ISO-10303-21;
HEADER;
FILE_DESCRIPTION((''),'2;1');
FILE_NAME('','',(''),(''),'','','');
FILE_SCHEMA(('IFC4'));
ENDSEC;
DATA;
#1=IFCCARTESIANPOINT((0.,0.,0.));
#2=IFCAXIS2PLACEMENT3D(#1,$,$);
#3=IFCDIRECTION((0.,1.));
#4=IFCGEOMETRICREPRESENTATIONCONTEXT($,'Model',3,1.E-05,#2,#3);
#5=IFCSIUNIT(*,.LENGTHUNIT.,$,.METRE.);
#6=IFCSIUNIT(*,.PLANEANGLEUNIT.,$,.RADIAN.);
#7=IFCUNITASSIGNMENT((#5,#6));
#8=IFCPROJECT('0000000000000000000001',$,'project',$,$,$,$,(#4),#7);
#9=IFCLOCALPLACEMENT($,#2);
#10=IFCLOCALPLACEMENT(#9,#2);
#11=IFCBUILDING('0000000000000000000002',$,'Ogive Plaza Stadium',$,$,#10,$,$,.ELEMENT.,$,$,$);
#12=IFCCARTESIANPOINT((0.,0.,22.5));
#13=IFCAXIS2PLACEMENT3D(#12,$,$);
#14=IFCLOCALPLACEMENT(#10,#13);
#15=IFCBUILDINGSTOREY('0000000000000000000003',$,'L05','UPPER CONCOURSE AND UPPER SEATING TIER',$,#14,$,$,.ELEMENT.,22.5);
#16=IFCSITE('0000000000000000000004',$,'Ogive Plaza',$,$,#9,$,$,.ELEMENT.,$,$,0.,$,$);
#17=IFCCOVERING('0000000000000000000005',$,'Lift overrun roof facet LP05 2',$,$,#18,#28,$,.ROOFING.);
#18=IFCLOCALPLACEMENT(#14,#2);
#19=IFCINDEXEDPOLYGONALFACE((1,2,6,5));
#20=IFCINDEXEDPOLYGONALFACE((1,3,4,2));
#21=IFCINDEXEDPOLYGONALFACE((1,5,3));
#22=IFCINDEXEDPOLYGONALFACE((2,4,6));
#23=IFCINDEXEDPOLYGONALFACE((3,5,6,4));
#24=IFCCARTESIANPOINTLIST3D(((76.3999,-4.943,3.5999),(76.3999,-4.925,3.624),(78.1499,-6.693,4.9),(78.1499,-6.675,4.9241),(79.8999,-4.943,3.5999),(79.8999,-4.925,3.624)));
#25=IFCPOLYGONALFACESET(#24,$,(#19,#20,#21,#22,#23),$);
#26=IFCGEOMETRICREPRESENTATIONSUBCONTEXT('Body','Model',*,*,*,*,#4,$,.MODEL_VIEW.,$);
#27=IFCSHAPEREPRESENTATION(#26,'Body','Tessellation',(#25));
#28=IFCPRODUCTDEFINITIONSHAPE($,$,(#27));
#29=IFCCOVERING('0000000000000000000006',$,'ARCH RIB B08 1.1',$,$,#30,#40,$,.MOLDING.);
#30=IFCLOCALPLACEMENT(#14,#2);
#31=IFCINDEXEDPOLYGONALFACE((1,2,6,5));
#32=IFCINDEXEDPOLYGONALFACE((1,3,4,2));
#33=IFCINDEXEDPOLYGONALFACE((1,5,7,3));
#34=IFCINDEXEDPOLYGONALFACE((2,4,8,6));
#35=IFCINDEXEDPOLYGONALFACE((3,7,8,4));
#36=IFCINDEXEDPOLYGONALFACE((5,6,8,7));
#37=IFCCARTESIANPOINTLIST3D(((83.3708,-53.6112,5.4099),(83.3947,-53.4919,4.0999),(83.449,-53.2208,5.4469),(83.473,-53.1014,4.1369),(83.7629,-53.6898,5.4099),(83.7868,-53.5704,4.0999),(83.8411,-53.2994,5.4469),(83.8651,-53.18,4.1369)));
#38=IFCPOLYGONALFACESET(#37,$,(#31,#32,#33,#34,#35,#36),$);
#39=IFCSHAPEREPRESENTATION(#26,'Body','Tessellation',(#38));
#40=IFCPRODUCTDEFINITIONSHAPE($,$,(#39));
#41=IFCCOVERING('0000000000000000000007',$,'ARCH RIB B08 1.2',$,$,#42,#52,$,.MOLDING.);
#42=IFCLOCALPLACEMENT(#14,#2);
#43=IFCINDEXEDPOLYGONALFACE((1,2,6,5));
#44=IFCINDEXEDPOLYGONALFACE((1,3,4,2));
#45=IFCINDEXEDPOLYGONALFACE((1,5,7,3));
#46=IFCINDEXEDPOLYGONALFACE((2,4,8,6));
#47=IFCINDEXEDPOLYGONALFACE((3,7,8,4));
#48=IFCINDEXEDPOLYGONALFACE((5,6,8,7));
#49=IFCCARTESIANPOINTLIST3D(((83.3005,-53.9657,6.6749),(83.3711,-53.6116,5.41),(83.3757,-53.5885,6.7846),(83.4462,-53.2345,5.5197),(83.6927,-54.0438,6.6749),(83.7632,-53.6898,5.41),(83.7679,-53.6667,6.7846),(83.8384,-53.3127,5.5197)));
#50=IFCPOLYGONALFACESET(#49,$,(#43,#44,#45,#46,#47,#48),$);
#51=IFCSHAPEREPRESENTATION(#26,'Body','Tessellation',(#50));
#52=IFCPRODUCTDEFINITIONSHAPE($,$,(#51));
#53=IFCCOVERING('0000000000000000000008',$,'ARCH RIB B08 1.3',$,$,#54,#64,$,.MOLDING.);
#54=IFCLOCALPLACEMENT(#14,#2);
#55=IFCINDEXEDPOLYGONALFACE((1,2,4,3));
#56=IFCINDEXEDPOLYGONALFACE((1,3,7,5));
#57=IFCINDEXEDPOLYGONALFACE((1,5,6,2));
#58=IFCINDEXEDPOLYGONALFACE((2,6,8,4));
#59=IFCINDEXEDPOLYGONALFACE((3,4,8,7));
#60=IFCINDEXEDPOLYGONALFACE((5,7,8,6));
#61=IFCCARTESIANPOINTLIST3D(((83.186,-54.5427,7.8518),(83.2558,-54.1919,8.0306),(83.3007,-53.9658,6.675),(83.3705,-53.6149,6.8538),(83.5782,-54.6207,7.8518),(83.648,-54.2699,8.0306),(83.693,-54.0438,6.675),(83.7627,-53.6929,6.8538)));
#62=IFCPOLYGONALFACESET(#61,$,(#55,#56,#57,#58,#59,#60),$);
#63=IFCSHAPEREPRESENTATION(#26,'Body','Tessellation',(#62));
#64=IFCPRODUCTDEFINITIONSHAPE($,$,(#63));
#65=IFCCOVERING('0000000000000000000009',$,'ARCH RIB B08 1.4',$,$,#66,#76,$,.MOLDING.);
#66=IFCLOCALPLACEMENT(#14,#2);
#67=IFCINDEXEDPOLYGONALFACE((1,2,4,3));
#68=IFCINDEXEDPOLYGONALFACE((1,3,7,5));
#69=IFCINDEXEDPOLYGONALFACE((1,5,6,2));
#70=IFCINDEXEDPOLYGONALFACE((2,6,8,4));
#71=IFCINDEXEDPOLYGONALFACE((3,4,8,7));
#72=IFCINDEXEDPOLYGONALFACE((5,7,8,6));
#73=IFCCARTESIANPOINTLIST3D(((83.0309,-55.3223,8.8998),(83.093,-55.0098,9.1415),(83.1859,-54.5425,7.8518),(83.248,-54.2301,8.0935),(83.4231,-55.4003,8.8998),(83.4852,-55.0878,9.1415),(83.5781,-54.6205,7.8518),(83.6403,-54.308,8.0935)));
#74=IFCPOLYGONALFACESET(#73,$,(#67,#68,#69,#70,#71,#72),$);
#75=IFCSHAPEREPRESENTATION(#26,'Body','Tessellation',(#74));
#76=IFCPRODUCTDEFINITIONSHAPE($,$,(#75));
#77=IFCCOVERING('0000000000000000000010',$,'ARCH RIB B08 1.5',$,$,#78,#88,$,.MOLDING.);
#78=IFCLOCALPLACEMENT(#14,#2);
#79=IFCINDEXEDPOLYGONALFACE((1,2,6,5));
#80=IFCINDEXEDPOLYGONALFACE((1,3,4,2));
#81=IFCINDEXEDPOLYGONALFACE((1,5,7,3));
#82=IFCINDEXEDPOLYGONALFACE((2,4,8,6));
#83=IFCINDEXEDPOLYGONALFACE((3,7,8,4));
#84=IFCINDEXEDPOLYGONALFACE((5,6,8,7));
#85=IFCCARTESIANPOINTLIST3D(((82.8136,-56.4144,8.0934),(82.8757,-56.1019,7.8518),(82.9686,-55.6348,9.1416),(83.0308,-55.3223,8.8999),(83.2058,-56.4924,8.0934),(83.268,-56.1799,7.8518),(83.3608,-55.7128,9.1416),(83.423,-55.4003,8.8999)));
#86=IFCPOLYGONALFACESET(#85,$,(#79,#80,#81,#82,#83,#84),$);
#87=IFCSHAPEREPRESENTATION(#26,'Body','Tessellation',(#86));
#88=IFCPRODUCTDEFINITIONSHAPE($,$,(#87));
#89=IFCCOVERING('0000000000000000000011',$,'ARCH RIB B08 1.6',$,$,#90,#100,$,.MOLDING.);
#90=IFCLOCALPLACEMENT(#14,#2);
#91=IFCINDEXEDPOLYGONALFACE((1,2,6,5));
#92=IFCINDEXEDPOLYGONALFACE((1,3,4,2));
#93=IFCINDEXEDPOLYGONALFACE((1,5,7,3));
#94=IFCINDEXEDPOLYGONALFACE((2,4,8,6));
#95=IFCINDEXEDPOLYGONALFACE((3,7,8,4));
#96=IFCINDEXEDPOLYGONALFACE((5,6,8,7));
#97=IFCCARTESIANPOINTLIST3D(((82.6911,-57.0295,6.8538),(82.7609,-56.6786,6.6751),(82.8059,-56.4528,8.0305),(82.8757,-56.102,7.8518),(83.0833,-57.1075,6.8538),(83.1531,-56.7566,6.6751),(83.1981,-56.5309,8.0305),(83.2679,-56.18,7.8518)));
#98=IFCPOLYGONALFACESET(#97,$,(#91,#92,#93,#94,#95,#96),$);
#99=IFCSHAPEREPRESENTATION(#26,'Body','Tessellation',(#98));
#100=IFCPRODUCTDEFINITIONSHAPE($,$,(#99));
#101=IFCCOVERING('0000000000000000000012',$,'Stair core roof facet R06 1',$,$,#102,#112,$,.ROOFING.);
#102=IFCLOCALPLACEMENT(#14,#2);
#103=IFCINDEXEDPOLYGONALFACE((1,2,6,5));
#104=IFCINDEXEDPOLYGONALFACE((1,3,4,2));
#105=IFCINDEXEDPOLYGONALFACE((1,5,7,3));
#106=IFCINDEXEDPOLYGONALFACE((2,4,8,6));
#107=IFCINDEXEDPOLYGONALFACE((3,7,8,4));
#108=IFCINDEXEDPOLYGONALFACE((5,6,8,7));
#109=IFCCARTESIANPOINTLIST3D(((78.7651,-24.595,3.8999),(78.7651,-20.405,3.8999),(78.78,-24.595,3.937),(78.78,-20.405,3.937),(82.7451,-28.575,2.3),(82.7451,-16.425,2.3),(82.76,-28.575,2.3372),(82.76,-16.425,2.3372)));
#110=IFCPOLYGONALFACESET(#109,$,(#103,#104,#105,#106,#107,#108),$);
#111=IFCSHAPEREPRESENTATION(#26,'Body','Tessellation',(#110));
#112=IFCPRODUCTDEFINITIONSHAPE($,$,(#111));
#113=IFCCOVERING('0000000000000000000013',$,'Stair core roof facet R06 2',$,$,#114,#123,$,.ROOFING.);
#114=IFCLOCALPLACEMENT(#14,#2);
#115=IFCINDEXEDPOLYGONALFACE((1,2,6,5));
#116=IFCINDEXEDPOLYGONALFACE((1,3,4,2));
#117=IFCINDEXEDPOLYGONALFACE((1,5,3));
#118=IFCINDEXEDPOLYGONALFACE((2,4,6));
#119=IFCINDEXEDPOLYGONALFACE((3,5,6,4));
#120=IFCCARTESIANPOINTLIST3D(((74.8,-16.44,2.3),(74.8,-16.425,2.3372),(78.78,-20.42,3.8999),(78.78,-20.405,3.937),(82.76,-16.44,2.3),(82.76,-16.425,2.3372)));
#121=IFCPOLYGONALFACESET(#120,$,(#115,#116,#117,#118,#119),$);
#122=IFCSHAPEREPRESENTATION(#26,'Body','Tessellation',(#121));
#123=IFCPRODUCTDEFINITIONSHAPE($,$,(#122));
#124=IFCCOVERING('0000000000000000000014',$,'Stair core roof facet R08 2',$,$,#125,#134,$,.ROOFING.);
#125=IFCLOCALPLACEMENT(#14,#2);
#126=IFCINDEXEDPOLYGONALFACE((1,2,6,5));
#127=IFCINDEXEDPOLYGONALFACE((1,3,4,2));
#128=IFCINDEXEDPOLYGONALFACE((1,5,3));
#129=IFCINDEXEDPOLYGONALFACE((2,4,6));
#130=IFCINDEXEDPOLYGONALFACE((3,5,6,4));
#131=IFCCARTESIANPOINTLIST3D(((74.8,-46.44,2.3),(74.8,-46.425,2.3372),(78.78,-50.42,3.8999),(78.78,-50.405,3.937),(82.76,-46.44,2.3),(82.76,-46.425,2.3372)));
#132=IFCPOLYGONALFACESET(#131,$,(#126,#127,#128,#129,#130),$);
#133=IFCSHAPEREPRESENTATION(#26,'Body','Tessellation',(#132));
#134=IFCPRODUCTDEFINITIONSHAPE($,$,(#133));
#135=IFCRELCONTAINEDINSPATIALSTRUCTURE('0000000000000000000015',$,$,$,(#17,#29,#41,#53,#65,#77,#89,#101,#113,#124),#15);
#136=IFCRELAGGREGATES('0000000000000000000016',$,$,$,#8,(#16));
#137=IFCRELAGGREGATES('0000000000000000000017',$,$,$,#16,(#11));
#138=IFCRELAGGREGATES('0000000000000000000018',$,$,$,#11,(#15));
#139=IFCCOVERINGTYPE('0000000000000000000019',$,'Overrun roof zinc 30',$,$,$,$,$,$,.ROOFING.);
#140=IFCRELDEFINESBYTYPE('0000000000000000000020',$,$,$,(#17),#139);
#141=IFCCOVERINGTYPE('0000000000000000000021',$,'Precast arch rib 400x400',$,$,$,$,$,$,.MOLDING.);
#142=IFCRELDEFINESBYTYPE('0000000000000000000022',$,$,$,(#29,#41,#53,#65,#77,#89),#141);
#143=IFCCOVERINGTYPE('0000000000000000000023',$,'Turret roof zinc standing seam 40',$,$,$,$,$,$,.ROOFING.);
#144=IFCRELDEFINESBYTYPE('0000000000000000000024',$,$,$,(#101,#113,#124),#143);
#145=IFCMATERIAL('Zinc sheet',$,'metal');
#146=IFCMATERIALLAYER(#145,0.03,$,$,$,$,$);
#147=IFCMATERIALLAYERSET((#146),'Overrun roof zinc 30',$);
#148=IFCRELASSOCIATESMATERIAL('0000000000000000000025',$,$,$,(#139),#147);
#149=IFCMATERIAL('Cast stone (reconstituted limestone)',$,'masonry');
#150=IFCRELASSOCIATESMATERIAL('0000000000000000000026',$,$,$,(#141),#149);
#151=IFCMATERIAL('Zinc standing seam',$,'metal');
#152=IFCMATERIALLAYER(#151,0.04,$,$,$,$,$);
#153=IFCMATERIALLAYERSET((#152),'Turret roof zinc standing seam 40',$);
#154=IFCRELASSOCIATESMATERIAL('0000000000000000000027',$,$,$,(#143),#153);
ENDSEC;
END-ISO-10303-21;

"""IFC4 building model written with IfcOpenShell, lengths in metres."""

from ifc_helpers import new_model, si_unit, direction, frame, origin, origin_2d, place, context, subcontext, project, spatial, polyline, rectangle, outline, extrude, material, layer, layer_set, material_profile, profile_set, type_object, element, save


model = new_model("IFC4")

# Units and contexts
model_context = context("Model", 3, precision=1e-05, world=origin(), true_north=direction((0.0, 1.0)))
body_context = subcontext(model_context, "Body", "Model", "MODEL_VIEW")
ifc_project = project(units=[si_unit("LENGTHUNIT", "METRE"), si_unit("PLANEANGLEUNIT", "RADIAN")], contexts=[model_context])

# Site, building, storey
site_placement = place(None, origin())
site = spatial("IfcSite", under=ifc_project, at=site_placement, Name="Ogive Plaza", CompositionType="ELEMENT", RefElevation=0.0)
building_placement = place(site_placement, origin())
building = spatial("IfcBuilding", under=site, at=building_placement, Name="Ogive Plaza Stadium", CompositionType="ELEMENT")
storey_placement = place(building_placement, frame((0.0, 0.0, 22.5)))
storey = spatial("IfcBuildingStorey", under=building, at=storey_placement, Name="L05", Description="UPPER CONCOURSE AND UPPER SEATING TIER", CompositionType="ELEMENT", Elevation=22.5)

# Coverings
ifc_material_1 = material(Name="Zinc sheet", Category="metal")
ifc_layer_1 = layer(ifc_material_1, 0.03)
ifc_layer_set_1 = layer_set([ifc_layer_1], Name="Overrun roof zinc 30")
covering_type_1 = type_object("IfcCoveringType", Name="Overrun roof zinc 30", PredefinedType="ROOFING", material=ifc_layer_set_1)
covering_1_placement = place(storey_placement, frame((79.8999, -4.925, 3.624), z_axis=(0.0, 0.596338, 0.802733), x_axis=(-1.0, 0.0, 0.0)))
element("IfcCovering", 1, at=covering_1_placement, inside=storey, type_object=covering_type_1, Name="Lift overrun roof facet LP05 2", PredefinedType="ROOFING", context=body_context, shape_type="SweptSolid", body=[
    extrude(outline(polyline([(0.0, 0.0), (3.5, 0.0), (1.75, 2.1801), (0.0, 0.0)])), origin(), (0.0, 0.0, -1.0), 0.03),
])
ifc_material_2 = material(Name="Cast stone (reconstituted limestone)", Category="masonry")
ifc_material_profile_1 = material_profile(ifc_material_2, rectangle(XDim=0.3999, YDim=0.3999, at=origin_2d()), Name="Cast stone 400x400")
ifc_profile_set_1 = profile_set([ifc_material_profile_1], Name="Cast stone (reconstituted limestone)")
covering_type_2 = type_object("IfcCoveringType", Name="Precast arch rib 400x400", PredefinedType="MOLDING", material=ifc_profile_set_1)
covering_2_placement = place(storey_placement, frame((83.6299, -53.3359, 4.1184), z_axis=(-0.018185, -0.090738, 0.995709), x_axis=(0.980503, -0.196502, 0.0)))
element("IfcCovering", 2, at=covering_2_placement, inside=storey, type_object=covering_type_2, Name="ARCH RIB B08 1.1", PredefinedType="MOLDING", context=body_context, shape_type="SweptSolid", body=[
    extrude(rectangle(XDim=0.3999, YDim=0.3999, at=origin_2d()), origin(), (0.0, 0.0, 1.0), 1.3157),
])
covering_3_placement = place(storey_placement, frame((83.6047, -53.4622, 5.4648), z_axis=(-0.053639, -0.269125, 0.96161), x_axis=(0.980711, -0.195466, 0.0)))
element("IfcCovering", 3, at=covering_3_placement, inside=storey, type_object=covering_type_2, Name="ARCH RIB B08 1.2", PredefinedType="MOLDING", context=body_context, shape_type="SweptSolid", body=[
    extrude(rectangle(XDim=0.3999, YDim=0.3999, at=origin_2d()), origin(), (0.0, 0.0, 1.0), 1.3154),
])
covering_4_placement = place(storey_placement, frame((83.5317, -53.8293, 6.7644), z_axis=(-0.087221, -0.438518, 0.89448), x_axis=(0.980788, -0.195078, 0.0)))
element("IfcCovering", 4, at=covering_4_placement, inside=storey, type_object=covering_type_2, Name="ARCH RIB B08 1.3", PredefinedType="MOLDING", context=body_context, shape_type="SweptSolid", body=[
    extrude(rectangle(XDim=0.3999, YDim=0.3999, at=origin_2d()), origin(), (0.0, 0.0, 1.0), 1.3157),
])
for number, where, z_axis, x_axis, name in (
    (5, (83.4131, -54.4253, 7.9727), (-0.117846, -0.592756, 0.796713), (0.980804, -0.194994, 0.0), "ARCH RIB B08 1.4"),
    (6, (83.1958, -55.5176, 9.0208), (-0.117859, -0.592636, -0.796801), (0.980793, -0.195053, 0.0), "ARCH RIB B08 1.5"),
    (7, (83.0369, -56.3164, 7.9412), (-0.087228, -0.438368, -0.894553), (0.980772, -0.195158, 0.0), "ARCH RIB B08 1.6"),
):
    element("IfcCovering", number, at=place(storey_placement, frame(where, z_axis=z_axis, x_axis=x_axis)), inside=storey, type_object=covering_type_2, Name=name, PredefinedType="MOLDING", context=body_context, shape_type="SweptSolid", body=[
        extrude(rectangle(XDim=0.3999, YDim=0.3999, at=origin_2d()), origin(), (0.0, 0.0, 1.0), 1.3154),
    ])
ifc_material_3 = material(Name="Zinc standing seam", Category="metal")
ifc_layer_2 = layer(ifc_material_3, 0.04)
ifc_layer_set_2 = layer_set([ifc_layer_2], Name="Turret roof zinc standing seam 40")
covering_type_3 = type_object("IfcCoveringType", Name="Turret roof zinc standing seam 40", PredefinedType="ROOFING", material=ifc_layer_set_2)
covering_5_placement = place(storey_placement, frame((82.76, -28.575, 2.3372), z_axis=(0.37297, 0.0, 0.927843), x_axis=(0.0, 1.0, 0.0)))
element("IfcCovering", 8, at=covering_5_placement, inside=storey, type_object=covering_type_3, Name="Stair core roof facet R06 1", PredefinedType="ROOFING", context=body_context, shape_type="SweptSolid", body=[
    extrude(outline(polyline([(0.0, 0.0), (12.1499, 0.0), (8.1699, 4.2895), (3.98, 4.2895), (0.0, 0.0)])), origin(), (0.0, 0.0, -1.0), 0.04),
])
for number, where, z_axis, x_axis, name in (
    (9, (82.76, -16.425, 2.3372), (0.0, 0.37297, 0.927843), (-1.0, 0.0, 0.0), "Stair core roof facet R06 2"),
    (10, (82.76, -46.425, 2.3372), (0.0, 0.37297, 0.927843), (-1.0, 0.0, 0.0), "Stair core roof facet R08 2"),
):
    element("IfcCovering", number, at=place(storey_placement, frame(where, z_axis=z_axis, x_axis=x_axis)), inside=storey, type_object=covering_type_3, Name=name, PredefinedType="ROOFING", context=body_context, shape_type="SweptSolid", body=[
        extrude(outline(polyline([(0.0, 0.0), (7.96, 0.0), (3.98, 4.2895), (0.0, 0.0)])), origin(), (0.0, 0.0, -1.0), 0.04),
    ])

save(model, "model.ifc")
